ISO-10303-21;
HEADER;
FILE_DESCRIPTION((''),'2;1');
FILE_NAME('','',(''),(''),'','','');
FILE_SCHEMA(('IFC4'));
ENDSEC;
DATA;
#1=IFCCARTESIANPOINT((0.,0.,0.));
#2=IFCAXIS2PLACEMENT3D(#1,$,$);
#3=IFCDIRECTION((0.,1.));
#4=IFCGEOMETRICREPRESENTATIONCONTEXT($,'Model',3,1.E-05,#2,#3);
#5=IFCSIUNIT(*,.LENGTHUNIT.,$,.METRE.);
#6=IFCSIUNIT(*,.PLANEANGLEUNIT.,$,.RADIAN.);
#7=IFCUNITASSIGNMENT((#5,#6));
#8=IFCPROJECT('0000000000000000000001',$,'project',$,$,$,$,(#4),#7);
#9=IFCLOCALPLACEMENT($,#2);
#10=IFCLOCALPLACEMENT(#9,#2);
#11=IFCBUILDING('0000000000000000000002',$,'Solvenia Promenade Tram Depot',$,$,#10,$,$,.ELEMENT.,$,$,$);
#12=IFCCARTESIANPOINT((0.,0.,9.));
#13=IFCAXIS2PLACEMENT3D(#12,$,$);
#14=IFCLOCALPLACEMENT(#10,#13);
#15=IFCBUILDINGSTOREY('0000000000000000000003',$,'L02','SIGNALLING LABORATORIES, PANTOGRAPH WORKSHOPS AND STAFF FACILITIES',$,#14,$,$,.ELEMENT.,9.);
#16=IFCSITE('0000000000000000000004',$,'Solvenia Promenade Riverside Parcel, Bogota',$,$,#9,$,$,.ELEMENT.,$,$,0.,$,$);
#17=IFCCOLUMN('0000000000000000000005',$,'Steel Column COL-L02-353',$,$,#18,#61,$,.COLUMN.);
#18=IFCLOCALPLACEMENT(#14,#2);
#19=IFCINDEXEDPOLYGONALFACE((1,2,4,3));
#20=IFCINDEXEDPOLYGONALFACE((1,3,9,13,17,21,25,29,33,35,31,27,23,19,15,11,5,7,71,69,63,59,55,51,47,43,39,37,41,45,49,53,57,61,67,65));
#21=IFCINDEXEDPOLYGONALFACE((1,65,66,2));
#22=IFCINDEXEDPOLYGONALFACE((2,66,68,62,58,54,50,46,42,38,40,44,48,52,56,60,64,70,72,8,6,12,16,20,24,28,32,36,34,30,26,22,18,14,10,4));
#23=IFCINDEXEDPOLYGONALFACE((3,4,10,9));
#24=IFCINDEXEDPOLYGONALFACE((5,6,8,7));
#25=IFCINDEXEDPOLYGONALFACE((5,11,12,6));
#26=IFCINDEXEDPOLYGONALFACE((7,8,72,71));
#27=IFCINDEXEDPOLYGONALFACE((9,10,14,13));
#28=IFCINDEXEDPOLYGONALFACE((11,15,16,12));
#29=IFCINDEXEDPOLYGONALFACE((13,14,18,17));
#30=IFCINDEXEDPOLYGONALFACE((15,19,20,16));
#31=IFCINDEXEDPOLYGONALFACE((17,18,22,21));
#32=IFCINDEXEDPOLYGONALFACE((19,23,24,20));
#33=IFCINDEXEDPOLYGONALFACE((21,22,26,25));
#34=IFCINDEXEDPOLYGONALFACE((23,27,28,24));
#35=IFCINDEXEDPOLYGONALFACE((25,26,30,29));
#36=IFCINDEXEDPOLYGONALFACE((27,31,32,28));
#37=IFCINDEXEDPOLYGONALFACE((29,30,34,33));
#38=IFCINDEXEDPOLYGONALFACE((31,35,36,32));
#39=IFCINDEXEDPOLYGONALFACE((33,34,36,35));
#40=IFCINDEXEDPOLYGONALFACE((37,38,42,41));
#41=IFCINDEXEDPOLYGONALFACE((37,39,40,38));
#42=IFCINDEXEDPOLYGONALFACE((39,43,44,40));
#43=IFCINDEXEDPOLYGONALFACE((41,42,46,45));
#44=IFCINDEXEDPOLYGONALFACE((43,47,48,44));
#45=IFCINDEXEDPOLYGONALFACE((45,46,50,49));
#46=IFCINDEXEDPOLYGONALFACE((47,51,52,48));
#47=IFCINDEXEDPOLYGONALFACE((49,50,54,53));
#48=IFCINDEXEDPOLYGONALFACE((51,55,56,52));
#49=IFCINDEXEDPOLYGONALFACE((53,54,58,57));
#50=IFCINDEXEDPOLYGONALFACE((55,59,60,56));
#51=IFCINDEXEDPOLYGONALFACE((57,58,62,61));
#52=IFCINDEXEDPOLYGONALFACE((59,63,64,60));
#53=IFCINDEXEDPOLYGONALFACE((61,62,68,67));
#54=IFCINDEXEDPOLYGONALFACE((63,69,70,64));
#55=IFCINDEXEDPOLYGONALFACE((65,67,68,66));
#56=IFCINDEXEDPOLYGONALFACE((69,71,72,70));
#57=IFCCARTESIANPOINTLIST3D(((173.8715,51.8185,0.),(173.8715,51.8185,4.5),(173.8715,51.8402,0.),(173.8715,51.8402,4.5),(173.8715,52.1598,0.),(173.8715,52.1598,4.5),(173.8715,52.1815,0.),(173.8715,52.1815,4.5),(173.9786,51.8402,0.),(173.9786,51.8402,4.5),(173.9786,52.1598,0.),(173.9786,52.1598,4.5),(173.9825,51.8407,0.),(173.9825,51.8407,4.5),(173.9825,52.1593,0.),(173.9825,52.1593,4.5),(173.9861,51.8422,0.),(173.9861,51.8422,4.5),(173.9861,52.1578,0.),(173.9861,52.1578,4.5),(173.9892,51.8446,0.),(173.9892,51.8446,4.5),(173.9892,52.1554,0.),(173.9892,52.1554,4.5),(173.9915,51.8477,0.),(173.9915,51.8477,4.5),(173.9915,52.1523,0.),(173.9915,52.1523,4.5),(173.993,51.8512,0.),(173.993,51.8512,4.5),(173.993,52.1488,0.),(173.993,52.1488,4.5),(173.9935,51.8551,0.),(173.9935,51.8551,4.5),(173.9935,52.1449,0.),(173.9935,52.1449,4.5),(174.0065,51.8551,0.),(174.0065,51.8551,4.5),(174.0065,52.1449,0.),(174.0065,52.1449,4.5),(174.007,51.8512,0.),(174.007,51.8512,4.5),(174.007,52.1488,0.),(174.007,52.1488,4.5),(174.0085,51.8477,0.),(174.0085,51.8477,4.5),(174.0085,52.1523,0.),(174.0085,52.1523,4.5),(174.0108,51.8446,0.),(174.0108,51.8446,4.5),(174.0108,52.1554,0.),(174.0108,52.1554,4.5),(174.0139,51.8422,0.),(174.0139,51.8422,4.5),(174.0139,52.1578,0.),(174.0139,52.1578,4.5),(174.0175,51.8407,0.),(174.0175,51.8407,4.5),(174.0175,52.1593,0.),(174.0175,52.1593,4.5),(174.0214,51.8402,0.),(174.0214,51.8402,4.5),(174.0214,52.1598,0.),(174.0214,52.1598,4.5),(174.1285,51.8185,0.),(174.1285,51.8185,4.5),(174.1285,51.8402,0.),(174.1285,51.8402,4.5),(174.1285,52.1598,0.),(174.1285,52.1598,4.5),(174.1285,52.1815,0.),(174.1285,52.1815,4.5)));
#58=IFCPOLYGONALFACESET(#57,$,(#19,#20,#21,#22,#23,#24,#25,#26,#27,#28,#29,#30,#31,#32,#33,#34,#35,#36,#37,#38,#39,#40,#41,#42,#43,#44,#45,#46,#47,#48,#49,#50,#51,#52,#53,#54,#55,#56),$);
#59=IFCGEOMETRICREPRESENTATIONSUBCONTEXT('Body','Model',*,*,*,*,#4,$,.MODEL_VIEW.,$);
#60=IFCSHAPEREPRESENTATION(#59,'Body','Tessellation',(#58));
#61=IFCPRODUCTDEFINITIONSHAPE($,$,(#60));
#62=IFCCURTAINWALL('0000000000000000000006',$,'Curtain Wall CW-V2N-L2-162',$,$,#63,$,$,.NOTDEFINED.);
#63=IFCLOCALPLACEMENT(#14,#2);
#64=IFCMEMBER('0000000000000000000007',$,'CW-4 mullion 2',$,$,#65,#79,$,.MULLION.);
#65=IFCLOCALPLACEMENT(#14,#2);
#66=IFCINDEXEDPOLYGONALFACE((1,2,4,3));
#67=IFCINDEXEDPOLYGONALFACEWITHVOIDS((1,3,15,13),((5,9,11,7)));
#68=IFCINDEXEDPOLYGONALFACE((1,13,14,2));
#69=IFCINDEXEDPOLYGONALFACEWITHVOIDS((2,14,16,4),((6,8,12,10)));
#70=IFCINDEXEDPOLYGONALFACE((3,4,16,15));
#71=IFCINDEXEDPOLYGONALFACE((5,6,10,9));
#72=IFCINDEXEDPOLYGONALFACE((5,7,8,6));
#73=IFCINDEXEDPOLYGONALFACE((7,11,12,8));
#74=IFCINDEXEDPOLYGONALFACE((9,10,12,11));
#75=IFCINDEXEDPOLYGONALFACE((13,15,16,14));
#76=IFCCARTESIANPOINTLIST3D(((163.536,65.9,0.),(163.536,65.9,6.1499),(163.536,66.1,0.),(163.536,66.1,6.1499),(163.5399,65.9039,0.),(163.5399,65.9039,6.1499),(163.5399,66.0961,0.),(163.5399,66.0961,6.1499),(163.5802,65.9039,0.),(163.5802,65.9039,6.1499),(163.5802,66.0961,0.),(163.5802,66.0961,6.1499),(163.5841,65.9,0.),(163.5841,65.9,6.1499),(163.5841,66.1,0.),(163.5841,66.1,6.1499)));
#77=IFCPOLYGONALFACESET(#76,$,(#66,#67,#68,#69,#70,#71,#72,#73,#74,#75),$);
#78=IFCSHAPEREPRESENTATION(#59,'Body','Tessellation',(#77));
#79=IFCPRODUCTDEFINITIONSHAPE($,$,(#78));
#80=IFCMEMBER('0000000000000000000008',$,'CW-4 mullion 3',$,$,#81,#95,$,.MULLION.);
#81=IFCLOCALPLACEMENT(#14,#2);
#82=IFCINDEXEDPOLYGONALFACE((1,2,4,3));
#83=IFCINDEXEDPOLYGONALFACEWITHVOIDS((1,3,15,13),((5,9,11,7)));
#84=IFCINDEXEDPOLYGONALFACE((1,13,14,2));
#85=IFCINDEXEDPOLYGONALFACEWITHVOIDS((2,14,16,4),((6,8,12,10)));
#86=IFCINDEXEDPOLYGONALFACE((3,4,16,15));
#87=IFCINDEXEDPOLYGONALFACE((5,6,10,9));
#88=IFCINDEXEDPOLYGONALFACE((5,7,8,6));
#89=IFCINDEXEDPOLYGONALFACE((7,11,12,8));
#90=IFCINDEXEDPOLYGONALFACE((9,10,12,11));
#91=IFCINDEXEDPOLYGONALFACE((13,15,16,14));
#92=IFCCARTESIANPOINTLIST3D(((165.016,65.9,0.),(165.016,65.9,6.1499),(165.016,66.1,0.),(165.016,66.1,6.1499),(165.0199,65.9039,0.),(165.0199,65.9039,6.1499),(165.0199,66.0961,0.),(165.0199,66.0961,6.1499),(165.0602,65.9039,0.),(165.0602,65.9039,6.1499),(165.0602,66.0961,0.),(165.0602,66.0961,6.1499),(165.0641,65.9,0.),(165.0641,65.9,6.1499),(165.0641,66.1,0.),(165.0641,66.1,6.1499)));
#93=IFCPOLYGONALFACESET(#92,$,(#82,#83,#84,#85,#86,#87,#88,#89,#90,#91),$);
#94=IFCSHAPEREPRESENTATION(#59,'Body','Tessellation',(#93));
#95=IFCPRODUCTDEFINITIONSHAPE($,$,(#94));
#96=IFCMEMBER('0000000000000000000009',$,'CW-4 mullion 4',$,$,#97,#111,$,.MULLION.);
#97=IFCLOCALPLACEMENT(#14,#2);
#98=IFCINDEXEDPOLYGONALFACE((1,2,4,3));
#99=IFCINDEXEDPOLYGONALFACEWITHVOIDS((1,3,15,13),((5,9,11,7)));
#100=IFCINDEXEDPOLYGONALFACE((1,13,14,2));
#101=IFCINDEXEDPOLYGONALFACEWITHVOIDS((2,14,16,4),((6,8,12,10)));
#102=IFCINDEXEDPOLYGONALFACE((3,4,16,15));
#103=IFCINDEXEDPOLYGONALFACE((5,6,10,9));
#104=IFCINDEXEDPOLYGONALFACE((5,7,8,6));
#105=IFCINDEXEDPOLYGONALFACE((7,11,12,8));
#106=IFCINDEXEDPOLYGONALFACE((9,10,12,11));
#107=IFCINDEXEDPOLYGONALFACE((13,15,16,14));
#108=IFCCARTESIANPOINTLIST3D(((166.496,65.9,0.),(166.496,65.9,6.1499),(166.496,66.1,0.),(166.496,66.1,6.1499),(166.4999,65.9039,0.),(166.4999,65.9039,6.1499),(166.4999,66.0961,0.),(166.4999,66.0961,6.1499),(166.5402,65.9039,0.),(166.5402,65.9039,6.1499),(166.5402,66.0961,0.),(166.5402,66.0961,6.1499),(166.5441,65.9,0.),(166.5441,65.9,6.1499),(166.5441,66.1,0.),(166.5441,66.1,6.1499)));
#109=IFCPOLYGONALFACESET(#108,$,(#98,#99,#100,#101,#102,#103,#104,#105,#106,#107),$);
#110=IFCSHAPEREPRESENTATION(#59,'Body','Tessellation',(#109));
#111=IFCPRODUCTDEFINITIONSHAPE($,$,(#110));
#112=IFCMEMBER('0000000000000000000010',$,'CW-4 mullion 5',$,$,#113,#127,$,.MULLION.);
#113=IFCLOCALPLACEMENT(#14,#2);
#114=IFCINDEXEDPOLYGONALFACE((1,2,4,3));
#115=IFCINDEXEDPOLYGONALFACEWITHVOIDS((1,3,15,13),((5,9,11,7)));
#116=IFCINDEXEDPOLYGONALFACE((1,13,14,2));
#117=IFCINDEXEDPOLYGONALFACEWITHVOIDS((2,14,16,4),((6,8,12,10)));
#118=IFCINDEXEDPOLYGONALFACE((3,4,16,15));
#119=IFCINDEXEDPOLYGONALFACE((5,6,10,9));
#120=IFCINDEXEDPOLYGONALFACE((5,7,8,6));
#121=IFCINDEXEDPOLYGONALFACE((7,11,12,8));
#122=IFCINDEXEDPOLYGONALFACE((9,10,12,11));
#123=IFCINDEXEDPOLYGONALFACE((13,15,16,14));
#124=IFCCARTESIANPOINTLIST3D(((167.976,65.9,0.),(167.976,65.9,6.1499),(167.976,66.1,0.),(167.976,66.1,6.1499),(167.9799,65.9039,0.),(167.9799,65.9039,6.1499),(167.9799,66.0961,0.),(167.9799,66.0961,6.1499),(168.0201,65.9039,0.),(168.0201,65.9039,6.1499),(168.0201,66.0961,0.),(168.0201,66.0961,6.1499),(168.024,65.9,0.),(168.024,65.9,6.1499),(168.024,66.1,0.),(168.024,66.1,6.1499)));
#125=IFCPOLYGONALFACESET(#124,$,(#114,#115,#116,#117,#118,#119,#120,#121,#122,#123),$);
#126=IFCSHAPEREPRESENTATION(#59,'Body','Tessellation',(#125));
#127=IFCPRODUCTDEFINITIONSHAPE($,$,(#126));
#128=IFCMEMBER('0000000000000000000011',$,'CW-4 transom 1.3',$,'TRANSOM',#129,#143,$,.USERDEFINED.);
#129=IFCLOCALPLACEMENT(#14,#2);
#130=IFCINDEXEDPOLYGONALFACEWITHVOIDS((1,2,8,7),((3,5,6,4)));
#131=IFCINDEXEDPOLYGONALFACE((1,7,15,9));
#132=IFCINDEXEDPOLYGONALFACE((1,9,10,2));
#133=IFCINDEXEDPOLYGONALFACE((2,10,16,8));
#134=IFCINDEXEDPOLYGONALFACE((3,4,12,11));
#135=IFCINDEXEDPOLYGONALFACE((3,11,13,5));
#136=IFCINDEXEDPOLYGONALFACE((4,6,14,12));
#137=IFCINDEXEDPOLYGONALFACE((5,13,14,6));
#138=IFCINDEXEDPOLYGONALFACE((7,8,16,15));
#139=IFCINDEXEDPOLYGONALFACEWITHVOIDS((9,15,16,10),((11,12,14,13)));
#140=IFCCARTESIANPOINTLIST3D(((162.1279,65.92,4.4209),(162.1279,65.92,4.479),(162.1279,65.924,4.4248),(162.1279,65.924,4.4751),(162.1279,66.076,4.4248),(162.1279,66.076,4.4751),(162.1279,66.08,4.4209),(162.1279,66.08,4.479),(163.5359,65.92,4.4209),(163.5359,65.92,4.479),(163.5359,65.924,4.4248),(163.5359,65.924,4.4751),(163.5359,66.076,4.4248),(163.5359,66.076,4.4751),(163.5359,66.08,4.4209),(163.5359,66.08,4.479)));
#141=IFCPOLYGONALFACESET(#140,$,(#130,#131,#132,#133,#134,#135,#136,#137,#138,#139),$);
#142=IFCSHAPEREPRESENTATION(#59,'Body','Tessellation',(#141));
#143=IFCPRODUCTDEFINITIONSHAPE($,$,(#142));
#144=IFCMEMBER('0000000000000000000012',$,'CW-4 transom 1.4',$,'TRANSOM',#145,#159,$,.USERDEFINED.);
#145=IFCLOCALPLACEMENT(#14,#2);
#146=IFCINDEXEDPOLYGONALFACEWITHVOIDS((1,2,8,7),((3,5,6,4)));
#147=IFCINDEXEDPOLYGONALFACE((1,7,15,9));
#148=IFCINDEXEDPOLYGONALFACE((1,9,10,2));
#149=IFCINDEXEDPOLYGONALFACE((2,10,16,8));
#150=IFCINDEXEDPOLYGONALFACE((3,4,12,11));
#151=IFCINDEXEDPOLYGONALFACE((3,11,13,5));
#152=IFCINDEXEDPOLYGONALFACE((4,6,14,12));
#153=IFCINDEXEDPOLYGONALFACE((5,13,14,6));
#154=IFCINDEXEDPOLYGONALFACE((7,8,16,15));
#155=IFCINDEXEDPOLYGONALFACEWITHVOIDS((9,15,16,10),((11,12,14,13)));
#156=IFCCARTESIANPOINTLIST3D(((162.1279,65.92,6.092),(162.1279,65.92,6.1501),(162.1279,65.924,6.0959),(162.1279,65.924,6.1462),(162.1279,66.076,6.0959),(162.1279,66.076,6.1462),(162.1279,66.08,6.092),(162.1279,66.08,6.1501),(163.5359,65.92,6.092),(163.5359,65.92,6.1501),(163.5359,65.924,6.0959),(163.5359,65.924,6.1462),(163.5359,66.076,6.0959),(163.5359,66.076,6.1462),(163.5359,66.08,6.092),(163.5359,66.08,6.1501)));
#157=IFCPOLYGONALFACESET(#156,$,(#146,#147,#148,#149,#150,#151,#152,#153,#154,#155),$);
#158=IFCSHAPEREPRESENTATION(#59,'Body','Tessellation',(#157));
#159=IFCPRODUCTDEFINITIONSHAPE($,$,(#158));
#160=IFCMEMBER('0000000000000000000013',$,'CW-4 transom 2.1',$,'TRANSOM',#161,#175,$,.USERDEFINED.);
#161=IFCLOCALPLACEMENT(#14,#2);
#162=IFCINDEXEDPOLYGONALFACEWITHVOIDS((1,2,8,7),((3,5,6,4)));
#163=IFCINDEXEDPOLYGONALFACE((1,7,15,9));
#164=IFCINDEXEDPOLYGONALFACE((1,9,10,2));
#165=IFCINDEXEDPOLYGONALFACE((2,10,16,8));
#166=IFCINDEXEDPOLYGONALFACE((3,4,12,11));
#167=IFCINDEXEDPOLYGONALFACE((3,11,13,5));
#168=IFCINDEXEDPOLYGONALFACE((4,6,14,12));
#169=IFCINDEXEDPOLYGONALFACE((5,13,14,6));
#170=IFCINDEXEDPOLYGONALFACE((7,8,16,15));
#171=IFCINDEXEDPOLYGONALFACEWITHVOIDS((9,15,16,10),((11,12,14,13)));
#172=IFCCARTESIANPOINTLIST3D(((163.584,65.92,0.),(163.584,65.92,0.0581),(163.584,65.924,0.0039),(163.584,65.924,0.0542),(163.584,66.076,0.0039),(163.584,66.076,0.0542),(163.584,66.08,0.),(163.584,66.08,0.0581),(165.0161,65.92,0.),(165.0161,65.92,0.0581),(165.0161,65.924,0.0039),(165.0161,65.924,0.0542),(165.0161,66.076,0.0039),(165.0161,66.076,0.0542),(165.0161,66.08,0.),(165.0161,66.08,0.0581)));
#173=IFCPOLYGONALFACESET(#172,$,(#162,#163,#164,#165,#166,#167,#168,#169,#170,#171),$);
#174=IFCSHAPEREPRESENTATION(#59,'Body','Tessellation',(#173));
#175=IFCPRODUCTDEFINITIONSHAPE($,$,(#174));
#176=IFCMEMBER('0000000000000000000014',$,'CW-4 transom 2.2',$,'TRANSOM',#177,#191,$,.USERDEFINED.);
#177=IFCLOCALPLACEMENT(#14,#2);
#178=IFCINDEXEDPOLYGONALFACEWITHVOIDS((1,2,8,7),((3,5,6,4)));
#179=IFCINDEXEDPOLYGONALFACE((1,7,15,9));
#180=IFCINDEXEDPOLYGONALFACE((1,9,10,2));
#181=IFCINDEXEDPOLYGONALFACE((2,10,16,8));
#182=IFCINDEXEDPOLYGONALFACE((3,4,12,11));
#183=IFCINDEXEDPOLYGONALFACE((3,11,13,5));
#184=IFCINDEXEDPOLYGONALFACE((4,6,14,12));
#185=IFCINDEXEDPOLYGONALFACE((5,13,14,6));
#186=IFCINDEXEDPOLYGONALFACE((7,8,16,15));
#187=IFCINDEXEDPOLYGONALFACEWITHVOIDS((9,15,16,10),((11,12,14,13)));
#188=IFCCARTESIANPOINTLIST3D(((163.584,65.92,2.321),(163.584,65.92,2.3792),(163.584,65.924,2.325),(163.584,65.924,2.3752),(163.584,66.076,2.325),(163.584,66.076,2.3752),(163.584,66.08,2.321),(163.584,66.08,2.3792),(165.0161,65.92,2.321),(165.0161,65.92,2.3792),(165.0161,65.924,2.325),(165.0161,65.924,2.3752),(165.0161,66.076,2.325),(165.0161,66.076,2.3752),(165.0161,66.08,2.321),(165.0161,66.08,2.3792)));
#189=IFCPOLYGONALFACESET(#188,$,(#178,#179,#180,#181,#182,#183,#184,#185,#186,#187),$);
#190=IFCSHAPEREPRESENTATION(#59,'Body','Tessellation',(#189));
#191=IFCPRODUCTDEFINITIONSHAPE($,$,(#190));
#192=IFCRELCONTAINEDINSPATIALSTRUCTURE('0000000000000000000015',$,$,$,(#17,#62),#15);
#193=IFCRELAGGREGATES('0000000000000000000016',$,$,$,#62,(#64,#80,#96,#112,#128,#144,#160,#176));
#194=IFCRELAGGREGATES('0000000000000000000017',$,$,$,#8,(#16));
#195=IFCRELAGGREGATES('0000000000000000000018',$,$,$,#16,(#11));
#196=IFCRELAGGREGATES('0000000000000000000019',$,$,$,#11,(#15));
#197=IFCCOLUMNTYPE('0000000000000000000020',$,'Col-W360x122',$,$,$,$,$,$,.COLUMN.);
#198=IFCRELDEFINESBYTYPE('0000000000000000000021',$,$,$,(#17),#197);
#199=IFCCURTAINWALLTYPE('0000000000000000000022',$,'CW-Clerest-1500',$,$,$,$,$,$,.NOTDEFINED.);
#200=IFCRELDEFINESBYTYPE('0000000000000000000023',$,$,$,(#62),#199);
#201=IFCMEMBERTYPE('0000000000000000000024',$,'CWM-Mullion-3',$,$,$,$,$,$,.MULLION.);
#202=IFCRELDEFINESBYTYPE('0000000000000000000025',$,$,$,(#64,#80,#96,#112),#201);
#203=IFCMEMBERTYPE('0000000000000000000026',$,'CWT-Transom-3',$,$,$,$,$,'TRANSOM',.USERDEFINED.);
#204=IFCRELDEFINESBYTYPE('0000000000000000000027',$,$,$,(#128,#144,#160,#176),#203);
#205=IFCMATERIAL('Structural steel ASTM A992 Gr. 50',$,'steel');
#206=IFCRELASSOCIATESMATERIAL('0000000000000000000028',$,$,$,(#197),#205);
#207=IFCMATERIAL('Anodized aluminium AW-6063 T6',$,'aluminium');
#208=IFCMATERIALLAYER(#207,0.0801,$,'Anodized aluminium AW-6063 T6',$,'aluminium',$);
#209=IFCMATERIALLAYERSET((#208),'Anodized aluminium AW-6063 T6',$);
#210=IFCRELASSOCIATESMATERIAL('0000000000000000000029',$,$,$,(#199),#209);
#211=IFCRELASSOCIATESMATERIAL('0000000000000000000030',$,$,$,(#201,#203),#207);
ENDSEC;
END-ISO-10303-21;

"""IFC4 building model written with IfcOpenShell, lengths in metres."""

from ifc_helpers import new_model, si_unit, direction, frame, origin, origin_2d, place, context, subcontext, project, spatial, hollow_rectangle, i_section, extrude, material, layer, layer_set, material_profile, profile_set, type_object, element, aggregate, save


model = new_model("IFC4")

# Units and contexts
model_context = context("Model", 3, precision=1e-05, world=origin(), true_north=direction((0.0, 1.0)))
body_context = subcontext(model_context, "Body", "Model", "MODEL_VIEW")
ifc_project = project(units=[si_unit("LENGTHUNIT", "METRE"), si_unit("PLANEANGLEUNIT", "RADIAN")], contexts=[model_context])

# Site, building, storey
site_placement = place(None, origin())
site = spatial("IfcSite", under=ifc_project, at=site_placement, Name="Solvenia Promenade Riverside Parcel, Bogota", CompositionType="ELEMENT", RefElevation=0.0)
building_placement = place(site_placement, origin())
building = spatial("IfcBuilding", under=site, at=building_placement, Name="Solvenia Promenade Tram Depot", CompositionType="ELEMENT")
storey_placement = place(building_placement, frame((0.0, 0.0, 9.0)))
storey = spatial("IfcBuildingStorey", under=building, at=storey_placement, Name="L02", Description="SIGNALLING LABORATORIES, PANTOGRAPH WORKSHOPS AND STAFF FACILITIES", CompositionType="ELEMENT", Elevation=9.0)

# Column
ifc_material_1 = material(Name="Structural steel ASTM A992 Gr. 50", Category="steel")
ifc_material_profile_1 = material_profile(ifc_material_1, i_section(OverallWidth=0.2571, OverallDepth=0.363, WebThickness=0.0129, FlangeThickness=0.0217, FilletRadius=0.0149, at=origin_2d()), Name="W360x122", Category="steel")
ifc_profile_set_1 = profile_set([ifc_material_profile_1], Name="Structural steel ASTM A992 Gr. 50")
column_type = type_object("IfcColumnType", Name="Col-W360x122", PredefinedType="COLUMN", material=ifc_profile_set_1)
column_placement = place(storey_placement, frame((174.0, 52.0, 0.0), z_axis=(0.0, 0.0, 1.0), x_axis=(1.0, 0.0, 0.0)))
element("IfcColumn", 1, at=column_placement, inside=storey, type_object=column_type, Name="Steel Column COL-L02-353", PredefinedType="COLUMN", context=body_context, shape_type="SweptSolid", body=[
    extrude(i_section(OverallWidth=0.2571, OverallDepth=0.363, WebThickness=0.0129, FlangeThickness=0.0217, FilletRadius=0.0149, at=origin_2d()), origin(), (0.0, 0.0, 1.0), 4.5),
])

# Curtain wall, members
ifc_material_2 = material(Name="Anodized aluminium AW-6063 T6", Category="aluminium")
ifc_layer_1 = layer(ifc_material_2, 0.0801, Name="Anodized aluminium AW-6063 T6", Category="aluminium")
ifc_layer_set_1 = layer_set([ifc_layer_1], Name="Anodized aluminium AW-6063 T6")
curtain_wall_type = type_object("IfcCurtainWallType", Name="CW-Clerest-1500", PredefinedType="NOTDEFINED", material=ifc_layer_set_1)
curtain_wall_placement = place(storey_placement, origin())
curtain_wall = element("IfcCurtainWall", 2, at=curtain_wall_placement, inside=storey, type_object=curtain_wall_type, Name="Curtain Wall CW-V2N-L2-162", PredefinedType="NOTDEFINED")
ifc_material_profile_2 = material_profile(ifc_material_2, hollow_rectangle(XDim=0.2, YDim=0.0481, WallThickness=0.0039, at=origin_2d()), Name="ALU-M3", Category="aluminium")
ifc_profile_set_2 = profile_set([ifc_material_profile_2], Name="Anodized aluminium AW-6063 T6")
member_type_1 = type_object("IfcMemberType", Name="CWM-Mullion-3", PredefinedType="MULLION", material=ifc_profile_set_2)
member_1_placement = place(storey_placement, frame((163.5601, 66.0, 0.0), z_axis=(0.0, 0.0, 1.0), x_axis=(0.0, 1.0, 0.0)))
member_1 = element("IfcMember", 3, at=member_1_placement, type_object=member_type_1, Name="CW-4 mullion 2", PredefinedType="MULLION", context=body_context, shape_type="SweptSolid", body=[
    extrude(hollow_rectangle(XDim=0.2, YDim=0.0481, WallThickness=0.0039, at=origin_2d()), origin(), (0.0, 0.0, 1.0), 6.1499),
])
member_2_placement = place(storey_placement, frame((165.04, 66.0, 0.0), z_axis=(0.0, 0.0, 1.0), x_axis=(0.0, 1.0, 0.0)))
member_2 = element("IfcMember", 4, at=member_2_placement, type_object=member_type_1, Name="CW-4 mullion 3", PredefinedType="MULLION", context=body_context, shape_type="SweptSolid", body=[
    extrude(hollow_rectangle(XDim=0.2, YDim=0.0481, WallThickness=0.0039, at=origin_2d()), origin(), (0.0, 0.0, 1.0), 6.1499),
])
member_3_placement = place(storey_placement, frame((166.52, 66.0, 0.0), z_axis=(0.0, 0.0, 1.0), x_axis=(0.0, 1.0, 0.0)))
member_3 = element("IfcMember", 5, at=member_3_placement, type_object=member_type_1, Name="CW-4 mullion 4", PredefinedType="MULLION", context=body_context, shape_type="SweptSolid", body=[
    extrude(hollow_rectangle(XDim=0.2, YDim=0.0481, WallThickness=0.0039, at=origin_2d()), origin(), (0.0, 0.0, 1.0), 6.1499),
])
member_4_placement = place(storey_placement, frame((168.0, 66.0, 0.0), z_axis=(0.0, 0.0, 1.0), x_axis=(0.0, 1.0, 0.0)))
member_4 = element("IfcMember", 6, at=member_4_placement, type_object=member_type_1, Name="CW-4 mullion 5", PredefinedType="MULLION", context=body_context, shape_type="SweptSolid", body=[
    extrude(hollow_rectangle(XDim=0.2, YDim=0.0481, WallThickness=0.0039, at=origin_2d()), origin(), (0.0, 0.0, 1.0), 6.1499),
])
ifc_material_profile_3 = material_profile(ifc_material_2, hollow_rectangle(XDim=0.1599, YDim=0.0581, WallThickness=0.0039, at=origin_2d()), Name="ALU-T3", Category="aluminium")
ifc_profile_set_3 = profile_set([ifc_material_profile_3], Name="Anodized aluminium AW-6063 T6")
member_type_2 = type_object("IfcMemberType", Name="CWT-Transom-3", ElementType="TRANSOM", PredefinedType="USERDEFINED", material=ifc_profile_set_3)
member_5_placement = place(storey_placement, frame((162.1279, 66.0, 4.45), z_axis=(1.0, 0.0, 0.0), x_axis=(0.0, 1.0, 0.0)))
member_5 = element("IfcMember", 7, at=member_5_placement, type_object=member_type_2, Name="CW-4 transom 1.3", ObjectType="TRANSOM", PredefinedType="USERDEFINED", context=body_context, shape_type="SweptSolid", body=[
    extrude(hollow_rectangle(XDim=0.1599, YDim=0.0581, WallThickness=0.0039, at=origin_2d()), origin(), (0.0, 0.0, 1.0), 1.408),
])
member_6_placement = place(storey_placement, frame((162.1279, 66.0, 6.1211), z_axis=(1.0, 0.0, 0.0), x_axis=(0.0, 1.0, 0.0)))
member_6 = element("IfcMember", 8, at=member_6_placement, type_object=member_type_2, Name="CW-4 transom 1.4", ObjectType="TRANSOM", PredefinedType="USERDEFINED", context=body_context, shape_type="SweptSolid", body=[
    extrude(hollow_rectangle(XDim=0.1599, YDim=0.0581, WallThickness=0.0039, at=origin_2d()), origin(), (0.0, 0.0, 1.0), 1.408),
])
member_7_placement = place(storey_placement, frame((163.584, 66.0, 0.0291), z_axis=(1.0, 0.0, 0.0), x_axis=(0.0, 1.0, 0.0)))
member_7 = element("IfcMember", 9, at=member_7_placement, type_object=member_type_2, Name="CW-4 transom 2.1", ObjectType="TRANSOM", PredefinedType="USERDEFINED", context=body_context, shape_type="SweptSolid", body=[
    extrude(hollow_rectangle(XDim=0.1599, YDim=0.0581, WallThickness=0.0039, at=origin_2d()), origin(), (0.0, 0.0, 1.0), 1.4321),
])
member_8_placement = place(storey_placement, frame((163.584, 66.0, 2.3501), z_axis=(1.0, 0.0, 0.0), x_axis=(0.0, 1.0, 0.0)))
member_8 = element("IfcMember", 10, at=member_8_placement, type_object=member_type_2, Name="CW-4 transom 2.2", ObjectType="TRANSOM", PredefinedType="USERDEFINED", context=body_context, shape_type="SweptSolid", body=[
    extrude(hollow_rectangle(XDim=0.1599, YDim=0.0581, WallThickness=0.0039, at=origin_2d()), origin(), (0.0, 0.0, 1.0), 1.4321),
])
aggregate(curtain_wall, [member_1, member_2, member_3, member_4, member_5, member_6, member_7, member_8])

save(model, "model.ifc")
